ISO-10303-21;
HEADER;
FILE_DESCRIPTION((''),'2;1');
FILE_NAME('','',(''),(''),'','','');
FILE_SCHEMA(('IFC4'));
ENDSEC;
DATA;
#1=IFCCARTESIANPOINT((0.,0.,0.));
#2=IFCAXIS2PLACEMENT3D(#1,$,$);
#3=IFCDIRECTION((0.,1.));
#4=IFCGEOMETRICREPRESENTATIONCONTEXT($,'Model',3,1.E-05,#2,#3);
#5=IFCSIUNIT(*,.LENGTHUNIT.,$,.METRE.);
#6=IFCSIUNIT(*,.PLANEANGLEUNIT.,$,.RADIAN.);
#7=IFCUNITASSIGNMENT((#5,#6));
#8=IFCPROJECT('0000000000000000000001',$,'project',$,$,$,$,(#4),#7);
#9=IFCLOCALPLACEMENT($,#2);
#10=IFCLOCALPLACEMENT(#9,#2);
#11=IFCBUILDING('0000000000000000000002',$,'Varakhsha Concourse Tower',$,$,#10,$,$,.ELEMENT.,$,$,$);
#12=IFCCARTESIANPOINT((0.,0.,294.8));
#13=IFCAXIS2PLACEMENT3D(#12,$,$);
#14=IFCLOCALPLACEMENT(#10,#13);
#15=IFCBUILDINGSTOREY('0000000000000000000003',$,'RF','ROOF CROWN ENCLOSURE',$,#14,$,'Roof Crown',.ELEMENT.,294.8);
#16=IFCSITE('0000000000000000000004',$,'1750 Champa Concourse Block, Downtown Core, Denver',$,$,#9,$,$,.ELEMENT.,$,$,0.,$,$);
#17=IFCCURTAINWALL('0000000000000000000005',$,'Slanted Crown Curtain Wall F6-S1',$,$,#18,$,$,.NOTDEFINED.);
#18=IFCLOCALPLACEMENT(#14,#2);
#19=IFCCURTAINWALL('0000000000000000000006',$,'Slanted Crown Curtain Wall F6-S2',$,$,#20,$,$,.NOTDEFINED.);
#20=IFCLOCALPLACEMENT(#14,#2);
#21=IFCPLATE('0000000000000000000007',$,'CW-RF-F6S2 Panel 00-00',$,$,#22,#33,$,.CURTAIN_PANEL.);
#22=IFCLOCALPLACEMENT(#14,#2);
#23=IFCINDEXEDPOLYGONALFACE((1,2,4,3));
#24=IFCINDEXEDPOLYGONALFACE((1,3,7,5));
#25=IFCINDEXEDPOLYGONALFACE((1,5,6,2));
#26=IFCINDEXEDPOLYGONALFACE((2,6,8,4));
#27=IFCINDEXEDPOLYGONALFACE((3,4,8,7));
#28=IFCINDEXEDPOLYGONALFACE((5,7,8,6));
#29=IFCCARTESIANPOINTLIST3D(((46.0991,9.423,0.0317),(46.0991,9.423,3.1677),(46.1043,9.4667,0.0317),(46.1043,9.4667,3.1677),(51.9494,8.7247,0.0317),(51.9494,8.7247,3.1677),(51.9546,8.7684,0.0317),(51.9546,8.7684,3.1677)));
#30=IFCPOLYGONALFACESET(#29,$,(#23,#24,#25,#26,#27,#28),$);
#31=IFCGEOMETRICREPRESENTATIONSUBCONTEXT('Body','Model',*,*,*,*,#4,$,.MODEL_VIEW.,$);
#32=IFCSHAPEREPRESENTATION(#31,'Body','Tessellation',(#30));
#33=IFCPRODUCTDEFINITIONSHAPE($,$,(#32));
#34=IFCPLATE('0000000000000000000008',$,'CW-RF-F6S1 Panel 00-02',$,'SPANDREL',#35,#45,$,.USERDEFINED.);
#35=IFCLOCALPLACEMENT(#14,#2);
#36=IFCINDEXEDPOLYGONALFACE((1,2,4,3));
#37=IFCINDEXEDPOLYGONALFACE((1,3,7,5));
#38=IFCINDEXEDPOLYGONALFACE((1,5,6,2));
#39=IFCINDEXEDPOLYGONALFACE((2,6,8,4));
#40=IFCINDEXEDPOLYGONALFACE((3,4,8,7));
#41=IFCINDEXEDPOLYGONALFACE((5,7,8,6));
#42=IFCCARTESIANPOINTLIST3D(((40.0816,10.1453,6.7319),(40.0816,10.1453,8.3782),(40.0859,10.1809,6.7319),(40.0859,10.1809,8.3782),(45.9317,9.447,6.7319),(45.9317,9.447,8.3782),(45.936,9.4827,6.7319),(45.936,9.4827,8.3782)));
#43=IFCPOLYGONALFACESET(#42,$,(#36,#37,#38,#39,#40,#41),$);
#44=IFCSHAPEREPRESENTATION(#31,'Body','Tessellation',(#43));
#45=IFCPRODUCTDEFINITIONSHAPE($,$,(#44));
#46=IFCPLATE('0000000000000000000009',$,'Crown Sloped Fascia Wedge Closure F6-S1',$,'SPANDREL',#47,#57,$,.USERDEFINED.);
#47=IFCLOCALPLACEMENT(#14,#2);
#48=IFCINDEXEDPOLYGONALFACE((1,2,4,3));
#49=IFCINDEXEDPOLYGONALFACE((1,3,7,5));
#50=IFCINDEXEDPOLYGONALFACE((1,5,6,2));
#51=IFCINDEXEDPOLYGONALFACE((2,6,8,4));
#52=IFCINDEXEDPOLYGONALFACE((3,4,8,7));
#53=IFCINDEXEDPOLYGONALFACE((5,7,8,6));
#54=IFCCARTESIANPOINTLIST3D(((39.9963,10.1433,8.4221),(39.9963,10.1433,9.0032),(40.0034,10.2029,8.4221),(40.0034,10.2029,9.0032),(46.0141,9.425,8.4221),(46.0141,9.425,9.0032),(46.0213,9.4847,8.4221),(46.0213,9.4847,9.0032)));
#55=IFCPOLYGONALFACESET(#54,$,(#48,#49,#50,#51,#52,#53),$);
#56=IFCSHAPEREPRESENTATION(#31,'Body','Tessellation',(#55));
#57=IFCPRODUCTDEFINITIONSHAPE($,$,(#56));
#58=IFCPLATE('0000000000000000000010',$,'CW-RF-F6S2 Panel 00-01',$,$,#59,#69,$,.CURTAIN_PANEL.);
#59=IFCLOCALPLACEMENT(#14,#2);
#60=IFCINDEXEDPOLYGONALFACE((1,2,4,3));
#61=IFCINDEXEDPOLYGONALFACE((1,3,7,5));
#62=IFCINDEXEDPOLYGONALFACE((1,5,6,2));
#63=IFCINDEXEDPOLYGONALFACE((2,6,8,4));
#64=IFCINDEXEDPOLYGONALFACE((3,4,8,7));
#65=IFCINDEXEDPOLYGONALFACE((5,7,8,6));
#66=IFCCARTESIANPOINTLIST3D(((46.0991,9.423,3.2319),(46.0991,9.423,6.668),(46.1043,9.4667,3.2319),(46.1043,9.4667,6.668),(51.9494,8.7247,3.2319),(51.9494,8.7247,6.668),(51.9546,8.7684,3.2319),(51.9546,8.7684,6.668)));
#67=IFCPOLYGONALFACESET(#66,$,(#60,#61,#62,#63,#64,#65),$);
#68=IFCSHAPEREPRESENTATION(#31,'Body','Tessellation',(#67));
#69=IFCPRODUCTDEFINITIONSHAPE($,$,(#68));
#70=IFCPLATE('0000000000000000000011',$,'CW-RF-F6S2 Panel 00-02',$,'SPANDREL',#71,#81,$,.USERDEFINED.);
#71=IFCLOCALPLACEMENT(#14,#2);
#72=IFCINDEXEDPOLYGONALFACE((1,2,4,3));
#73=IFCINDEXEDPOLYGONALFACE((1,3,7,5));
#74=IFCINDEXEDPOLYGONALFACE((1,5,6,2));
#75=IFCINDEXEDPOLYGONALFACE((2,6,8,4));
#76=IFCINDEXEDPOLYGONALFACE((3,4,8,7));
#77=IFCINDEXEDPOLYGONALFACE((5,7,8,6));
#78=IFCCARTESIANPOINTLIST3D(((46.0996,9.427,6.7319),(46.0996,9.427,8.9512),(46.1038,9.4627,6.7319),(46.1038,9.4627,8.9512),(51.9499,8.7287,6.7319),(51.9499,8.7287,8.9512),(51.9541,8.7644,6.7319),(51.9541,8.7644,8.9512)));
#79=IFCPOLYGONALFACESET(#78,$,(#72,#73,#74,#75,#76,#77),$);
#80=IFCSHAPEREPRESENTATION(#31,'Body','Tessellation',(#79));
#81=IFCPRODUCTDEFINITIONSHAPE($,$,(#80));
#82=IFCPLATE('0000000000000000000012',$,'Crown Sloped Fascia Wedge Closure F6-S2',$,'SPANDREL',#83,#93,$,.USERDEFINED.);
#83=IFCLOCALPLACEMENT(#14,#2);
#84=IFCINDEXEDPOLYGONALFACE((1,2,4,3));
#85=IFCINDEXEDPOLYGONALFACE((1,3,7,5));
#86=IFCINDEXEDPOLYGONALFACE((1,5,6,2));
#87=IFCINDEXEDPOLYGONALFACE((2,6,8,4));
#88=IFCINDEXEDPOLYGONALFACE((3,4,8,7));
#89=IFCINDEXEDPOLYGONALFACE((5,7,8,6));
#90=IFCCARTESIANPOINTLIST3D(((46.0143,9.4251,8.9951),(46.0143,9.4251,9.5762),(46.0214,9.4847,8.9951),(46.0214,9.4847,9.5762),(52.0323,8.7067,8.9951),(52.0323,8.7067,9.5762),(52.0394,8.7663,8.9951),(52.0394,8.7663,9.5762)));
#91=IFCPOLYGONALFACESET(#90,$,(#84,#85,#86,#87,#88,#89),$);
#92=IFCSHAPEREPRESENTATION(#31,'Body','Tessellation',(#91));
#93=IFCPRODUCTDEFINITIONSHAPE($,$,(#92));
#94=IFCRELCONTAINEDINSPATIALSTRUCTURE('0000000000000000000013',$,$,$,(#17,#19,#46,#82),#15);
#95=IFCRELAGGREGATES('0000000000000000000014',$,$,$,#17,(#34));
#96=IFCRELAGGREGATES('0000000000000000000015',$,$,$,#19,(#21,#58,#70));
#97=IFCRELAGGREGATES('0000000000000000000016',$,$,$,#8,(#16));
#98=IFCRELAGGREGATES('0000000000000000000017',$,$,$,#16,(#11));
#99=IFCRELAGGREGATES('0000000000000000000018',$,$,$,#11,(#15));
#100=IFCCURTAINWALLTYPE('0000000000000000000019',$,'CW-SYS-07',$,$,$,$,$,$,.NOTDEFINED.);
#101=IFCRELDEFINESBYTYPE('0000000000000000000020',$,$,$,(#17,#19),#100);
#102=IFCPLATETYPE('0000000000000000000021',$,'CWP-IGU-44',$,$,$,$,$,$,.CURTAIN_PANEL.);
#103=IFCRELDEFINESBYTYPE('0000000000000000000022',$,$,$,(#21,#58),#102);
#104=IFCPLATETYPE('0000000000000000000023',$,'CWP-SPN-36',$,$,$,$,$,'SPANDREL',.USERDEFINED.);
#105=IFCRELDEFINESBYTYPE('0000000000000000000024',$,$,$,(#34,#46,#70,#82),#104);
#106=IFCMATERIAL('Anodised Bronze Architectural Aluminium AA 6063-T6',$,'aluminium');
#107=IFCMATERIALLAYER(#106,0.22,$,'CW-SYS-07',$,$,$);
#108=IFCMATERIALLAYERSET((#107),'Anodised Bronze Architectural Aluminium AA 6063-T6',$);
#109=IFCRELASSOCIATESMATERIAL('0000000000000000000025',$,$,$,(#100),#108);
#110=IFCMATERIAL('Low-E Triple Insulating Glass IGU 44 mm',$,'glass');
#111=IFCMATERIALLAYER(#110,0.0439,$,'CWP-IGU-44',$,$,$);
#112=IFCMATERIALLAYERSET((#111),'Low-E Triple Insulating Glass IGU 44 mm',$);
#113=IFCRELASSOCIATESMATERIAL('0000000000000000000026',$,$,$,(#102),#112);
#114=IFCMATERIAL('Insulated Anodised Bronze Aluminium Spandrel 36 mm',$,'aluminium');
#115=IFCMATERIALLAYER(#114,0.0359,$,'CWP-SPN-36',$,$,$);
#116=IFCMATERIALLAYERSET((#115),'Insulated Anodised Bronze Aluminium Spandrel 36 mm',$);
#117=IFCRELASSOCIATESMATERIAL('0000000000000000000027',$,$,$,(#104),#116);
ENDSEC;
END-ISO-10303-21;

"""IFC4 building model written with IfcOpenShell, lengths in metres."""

from ifc_helpers import new_model, si_unit, direction, frame, origin, origin_2d, place, context, subcontext, project, spatial, rectangle, extrude, source, transform, mapped, material, layer, layer_set, type_object, element, aggregate, save


model = new_model("IFC4")

# Units and contexts
model_context = context("Model", 3, precision=1e-05, world=origin(), true_north=direction((0.0, 1.0)))
body_context = subcontext(model_context, "Body", "Model", "MODEL_VIEW")
ifc_project = project(units=[si_unit("LENGTHUNIT", "METRE"), si_unit("PLANEANGLEUNIT", "RADIAN")], contexts=[model_context])

# Site, building, storey
site_placement = place(None, origin())
site = spatial("IfcSite", under=ifc_project, at=site_placement, Name="1750 Champa Concourse Block, Downtown Core, Denver", CompositionType="ELEMENT", RefElevation=0.0)
building_placement = place(site_placement, origin())
building = spatial("IfcBuilding", under=site, at=building_placement, Name="Varakhsha Concourse Tower", CompositionType="ELEMENT")
storey_placement = place(building_placement, frame((0.0, 0.0, 294.8)))
storey = spatial("IfcBuildingStorey", under=building, at=storey_placement, Name="RF", Description="ROOF CROWN ENCLOSURE", LongName="Roof Crown", CompositionType="ELEMENT", Elevation=294.8)

# Curtain walls
ifc_material_1 = material(Name="Anodised Bronze Architectural Aluminium AA 6063-T6", Category="aluminium")
ifc_layer_1 = layer(ifc_material_1, 0.22, Name="CW-SYS-07")
ifc_layer_set_1 = layer_set([ifc_layer_1], Name="Anodised Bronze Architectural Aluminium AA 6063-T6")
curtain_wall_type = type_object("IfcCurtainWallType", Name="CW-SYS-07", PredefinedType="NOTDEFINED", material=ifc_layer_set_1)
curtain_wall_1_placement = place(storey_placement, origin())
curtain_wall_1 = element("IfcCurtainWall", 1, at=curtain_wall_1_placement, inside=storey, type_object=curtain_wall_type, Name="Slanted Crown Curtain Wall F6-S1", PredefinedType="NOTDEFINED")
curtain_wall_2_placement = place(storey_placement, origin())
curtain_wall_2 = element("IfcCurtainWall", 2, at=curtain_wall_2_placement, inside=storey, type_object=curtain_wall_type, Name="Slanted Crown Curtain Wall F6-S2", PredefinedType="NOTDEFINED")

# Plates
ifc_material_2 = material(Name="Low-E Triple Insulating Glass IGU 44 mm", Category="glass")
ifc_layer_2 = layer(ifc_material_2, 0.0439, Name="CWP-IGU-44")
ifc_layer_set_2 = layer_set([ifc_layer_2], Name="Low-E Triple Insulating Glass IGU 44 mm")
plate_type_1 = type_object("IfcPlateType", Name="CWP-IGU-44", PredefinedType="CURTAIN_PANEL", material=ifc_layer_set_2)
ifc_material_3 = material(Name="Insulated Anodised Bronze Aluminium Spandrel 36 mm", Category="aluminium")
ifc_layer_3 = layer(ifc_material_3, 0.0359, Name="CWP-SPN-36")
ifc_layer_set_3 = layer_set([ifc_layer_3], Name="Insulated Anodised Bronze Aluminium Spandrel 36 mm")
plate_type_2 = type_object("IfcPlateType", Name="CWP-SPN-36", ElementType="SPANDREL", PredefinedType="USERDEFINED", material=ifc_layer_set_3)
shared_shape_1 = source(origin(), body_context, "Body", "SweptSolid", [
    extrude(rectangle(XDim=5.8918, YDim=0.0439, at=origin_2d()), origin(), (0.0, 0.0, 1.0), 3.136),
])
plate_1_placement = place(storey_placement, frame((49.0269, 9.0957, 0.0317), z_axis=(0.0, 0.0, 1.0), x_axis=(-0.992951, 0.118524, 0.0)))
plate_1 = element("IfcPlate", 3, at=plate_1_placement, type_object=plate_type_1, Name="CW-RF-F6S2 Panel 00-00", PredefinedType="CURTAIN_PANEL", context=body_context, shape_type="MappedRepresentation", body=[
    mapped(shared_shape_1, transform((0.0, 0.0, 0.0), scale=1.0)),
])
shared_shape_2 = source(origin(), body_context, "Body", "SweptSolid", [
    extrude(rectangle(XDim=5.8916, YDim=0.0359, at=origin_2d()), origin(), (0.0, 0.0, 1.0), 1.6462),
])
plate_2_placement = place(storey_placement, frame((43.0088, 9.814, 6.7319), z_axis=(0.0, 0.0, 1.0), x_axis=(-0.992953, 0.11851, 0.0)))
plate_2 = element("IfcPlate", 4, at=plate_2_placement, type_object=plate_type_2, Name="CW-RF-F6S1 Panel 00-02", ObjectType="SPANDREL", PredefinedType="USERDEFINED", context=body_context, shape_type="MappedRepresentation", body=[
    mapped(shared_shape_2, transform((0.0, 0.0, 0.0), scale=1.0)),
])
aggregate(curtain_wall_1, [plate_2])
shared_shape_3 = source(origin(), body_context, "Body", "SweptSolid", [
    extrude(rectangle(XDim=6.0605, YDim=0.0601, at=origin_2d()), origin(), (0.0, 0.0, 1.0), 0.5811),
])
plate_3_placement = place(storey_placement, frame((43.0088, 9.814, 8.4221), z_axis=(0.0, 0.0, 1.0), x_axis=(-0.992953, 0.118508, 0.0)))
element("IfcPlate", 5, at=plate_3_placement, inside=storey, type_object=plate_type_2, Name="Crown Sloped Fascia Wedge Closure F6-S1", ObjectType="SPANDREL", PredefinedType="USERDEFINED", context=body_context, shape_type="MappedRepresentation", body=[
    mapped(shared_shape_3, transform((0.0, 0.0, 0.0), scale=1.0)),
])
shared_shape_4 = source(origin(), body_context, "Body", "SweptSolid", [
    extrude(rectangle(XDim=5.8918, YDim=0.0439, at=origin_2d()), origin(), (0.0, 0.0, 1.0), 3.436),
])
plate_4_placement = place(storey_placement, frame((49.0269, 9.0957, 3.2319), z_axis=(0.0, 0.0, 1.0), x_axis=(-0.992951, 0.118524, 0.0)))
plate_4 = element("IfcPlate", 6, at=plate_4_placement, type_object=plate_type_1, Name="CW-RF-F6S2 Panel 00-01", PredefinedType="CURTAIN_PANEL", context=body_context, shape_type="MappedRepresentation", body=[
    mapped(shared_shape_4, transform((0.0, 0.0, 0.0), scale=1.0)),
])
shared_shape_5 = source(origin(), body_context, "Body", "SweptSolid", [
    extrude(rectangle(XDim=5.8918, YDim=0.0359, at=origin_2d()), origin(), (0.0, 0.0, 1.0), 2.2192),
])
plate_5_placement = place(storey_placement, frame((49.0269, 9.0957, 6.7319), z_axis=(0.0, 0.0, 1.0), x_axis=(-0.992951, 0.118524, 0.0)))
plate_5 = element("IfcPlate", 7, at=plate_5_placement, type_object=plate_type_2, Name="CW-RF-F6S2 Panel 00-02", ObjectType="SPANDREL", PredefinedType="USERDEFINED", context=body_context, shape_type="MappedRepresentation", body=[
    mapped(shared_shape_5, transform((0.0, 0.0, 0.0), scale=1.0)),
])
aggregate(curtain_wall_2, [plate_1, plate_4, plate_5])
shared_shape_6 = source(origin(), body_context, "Body", "SweptSolid", [
    extrude(rectangle(XDim=6.0608, YDim=0.0601, at=origin_2d()), origin(), (0.0, 0.0, 1.0), 0.5811),
])
plate_6_placement = place(storey_placement, frame((49.0269, 9.0957, 8.9951), z_axis=(0.0, 0.0, 1.0), x_axis=(-0.992951, 0.118525, 0.0)))
element("IfcPlate", 8, at=plate_6_placement, inside=storey, type_object=plate_type_2, Name="Crown Sloped Fascia Wedge Closure F6-S2", ObjectType="SPANDREL", PredefinedType="USERDEFINED", context=body_context, shape_type="MappedRepresentation", body=[
    mapped(shared_shape_6, transform((0.0, 0.0, 0.0), scale=1.0)),
])

save(model, "model.ifc")
